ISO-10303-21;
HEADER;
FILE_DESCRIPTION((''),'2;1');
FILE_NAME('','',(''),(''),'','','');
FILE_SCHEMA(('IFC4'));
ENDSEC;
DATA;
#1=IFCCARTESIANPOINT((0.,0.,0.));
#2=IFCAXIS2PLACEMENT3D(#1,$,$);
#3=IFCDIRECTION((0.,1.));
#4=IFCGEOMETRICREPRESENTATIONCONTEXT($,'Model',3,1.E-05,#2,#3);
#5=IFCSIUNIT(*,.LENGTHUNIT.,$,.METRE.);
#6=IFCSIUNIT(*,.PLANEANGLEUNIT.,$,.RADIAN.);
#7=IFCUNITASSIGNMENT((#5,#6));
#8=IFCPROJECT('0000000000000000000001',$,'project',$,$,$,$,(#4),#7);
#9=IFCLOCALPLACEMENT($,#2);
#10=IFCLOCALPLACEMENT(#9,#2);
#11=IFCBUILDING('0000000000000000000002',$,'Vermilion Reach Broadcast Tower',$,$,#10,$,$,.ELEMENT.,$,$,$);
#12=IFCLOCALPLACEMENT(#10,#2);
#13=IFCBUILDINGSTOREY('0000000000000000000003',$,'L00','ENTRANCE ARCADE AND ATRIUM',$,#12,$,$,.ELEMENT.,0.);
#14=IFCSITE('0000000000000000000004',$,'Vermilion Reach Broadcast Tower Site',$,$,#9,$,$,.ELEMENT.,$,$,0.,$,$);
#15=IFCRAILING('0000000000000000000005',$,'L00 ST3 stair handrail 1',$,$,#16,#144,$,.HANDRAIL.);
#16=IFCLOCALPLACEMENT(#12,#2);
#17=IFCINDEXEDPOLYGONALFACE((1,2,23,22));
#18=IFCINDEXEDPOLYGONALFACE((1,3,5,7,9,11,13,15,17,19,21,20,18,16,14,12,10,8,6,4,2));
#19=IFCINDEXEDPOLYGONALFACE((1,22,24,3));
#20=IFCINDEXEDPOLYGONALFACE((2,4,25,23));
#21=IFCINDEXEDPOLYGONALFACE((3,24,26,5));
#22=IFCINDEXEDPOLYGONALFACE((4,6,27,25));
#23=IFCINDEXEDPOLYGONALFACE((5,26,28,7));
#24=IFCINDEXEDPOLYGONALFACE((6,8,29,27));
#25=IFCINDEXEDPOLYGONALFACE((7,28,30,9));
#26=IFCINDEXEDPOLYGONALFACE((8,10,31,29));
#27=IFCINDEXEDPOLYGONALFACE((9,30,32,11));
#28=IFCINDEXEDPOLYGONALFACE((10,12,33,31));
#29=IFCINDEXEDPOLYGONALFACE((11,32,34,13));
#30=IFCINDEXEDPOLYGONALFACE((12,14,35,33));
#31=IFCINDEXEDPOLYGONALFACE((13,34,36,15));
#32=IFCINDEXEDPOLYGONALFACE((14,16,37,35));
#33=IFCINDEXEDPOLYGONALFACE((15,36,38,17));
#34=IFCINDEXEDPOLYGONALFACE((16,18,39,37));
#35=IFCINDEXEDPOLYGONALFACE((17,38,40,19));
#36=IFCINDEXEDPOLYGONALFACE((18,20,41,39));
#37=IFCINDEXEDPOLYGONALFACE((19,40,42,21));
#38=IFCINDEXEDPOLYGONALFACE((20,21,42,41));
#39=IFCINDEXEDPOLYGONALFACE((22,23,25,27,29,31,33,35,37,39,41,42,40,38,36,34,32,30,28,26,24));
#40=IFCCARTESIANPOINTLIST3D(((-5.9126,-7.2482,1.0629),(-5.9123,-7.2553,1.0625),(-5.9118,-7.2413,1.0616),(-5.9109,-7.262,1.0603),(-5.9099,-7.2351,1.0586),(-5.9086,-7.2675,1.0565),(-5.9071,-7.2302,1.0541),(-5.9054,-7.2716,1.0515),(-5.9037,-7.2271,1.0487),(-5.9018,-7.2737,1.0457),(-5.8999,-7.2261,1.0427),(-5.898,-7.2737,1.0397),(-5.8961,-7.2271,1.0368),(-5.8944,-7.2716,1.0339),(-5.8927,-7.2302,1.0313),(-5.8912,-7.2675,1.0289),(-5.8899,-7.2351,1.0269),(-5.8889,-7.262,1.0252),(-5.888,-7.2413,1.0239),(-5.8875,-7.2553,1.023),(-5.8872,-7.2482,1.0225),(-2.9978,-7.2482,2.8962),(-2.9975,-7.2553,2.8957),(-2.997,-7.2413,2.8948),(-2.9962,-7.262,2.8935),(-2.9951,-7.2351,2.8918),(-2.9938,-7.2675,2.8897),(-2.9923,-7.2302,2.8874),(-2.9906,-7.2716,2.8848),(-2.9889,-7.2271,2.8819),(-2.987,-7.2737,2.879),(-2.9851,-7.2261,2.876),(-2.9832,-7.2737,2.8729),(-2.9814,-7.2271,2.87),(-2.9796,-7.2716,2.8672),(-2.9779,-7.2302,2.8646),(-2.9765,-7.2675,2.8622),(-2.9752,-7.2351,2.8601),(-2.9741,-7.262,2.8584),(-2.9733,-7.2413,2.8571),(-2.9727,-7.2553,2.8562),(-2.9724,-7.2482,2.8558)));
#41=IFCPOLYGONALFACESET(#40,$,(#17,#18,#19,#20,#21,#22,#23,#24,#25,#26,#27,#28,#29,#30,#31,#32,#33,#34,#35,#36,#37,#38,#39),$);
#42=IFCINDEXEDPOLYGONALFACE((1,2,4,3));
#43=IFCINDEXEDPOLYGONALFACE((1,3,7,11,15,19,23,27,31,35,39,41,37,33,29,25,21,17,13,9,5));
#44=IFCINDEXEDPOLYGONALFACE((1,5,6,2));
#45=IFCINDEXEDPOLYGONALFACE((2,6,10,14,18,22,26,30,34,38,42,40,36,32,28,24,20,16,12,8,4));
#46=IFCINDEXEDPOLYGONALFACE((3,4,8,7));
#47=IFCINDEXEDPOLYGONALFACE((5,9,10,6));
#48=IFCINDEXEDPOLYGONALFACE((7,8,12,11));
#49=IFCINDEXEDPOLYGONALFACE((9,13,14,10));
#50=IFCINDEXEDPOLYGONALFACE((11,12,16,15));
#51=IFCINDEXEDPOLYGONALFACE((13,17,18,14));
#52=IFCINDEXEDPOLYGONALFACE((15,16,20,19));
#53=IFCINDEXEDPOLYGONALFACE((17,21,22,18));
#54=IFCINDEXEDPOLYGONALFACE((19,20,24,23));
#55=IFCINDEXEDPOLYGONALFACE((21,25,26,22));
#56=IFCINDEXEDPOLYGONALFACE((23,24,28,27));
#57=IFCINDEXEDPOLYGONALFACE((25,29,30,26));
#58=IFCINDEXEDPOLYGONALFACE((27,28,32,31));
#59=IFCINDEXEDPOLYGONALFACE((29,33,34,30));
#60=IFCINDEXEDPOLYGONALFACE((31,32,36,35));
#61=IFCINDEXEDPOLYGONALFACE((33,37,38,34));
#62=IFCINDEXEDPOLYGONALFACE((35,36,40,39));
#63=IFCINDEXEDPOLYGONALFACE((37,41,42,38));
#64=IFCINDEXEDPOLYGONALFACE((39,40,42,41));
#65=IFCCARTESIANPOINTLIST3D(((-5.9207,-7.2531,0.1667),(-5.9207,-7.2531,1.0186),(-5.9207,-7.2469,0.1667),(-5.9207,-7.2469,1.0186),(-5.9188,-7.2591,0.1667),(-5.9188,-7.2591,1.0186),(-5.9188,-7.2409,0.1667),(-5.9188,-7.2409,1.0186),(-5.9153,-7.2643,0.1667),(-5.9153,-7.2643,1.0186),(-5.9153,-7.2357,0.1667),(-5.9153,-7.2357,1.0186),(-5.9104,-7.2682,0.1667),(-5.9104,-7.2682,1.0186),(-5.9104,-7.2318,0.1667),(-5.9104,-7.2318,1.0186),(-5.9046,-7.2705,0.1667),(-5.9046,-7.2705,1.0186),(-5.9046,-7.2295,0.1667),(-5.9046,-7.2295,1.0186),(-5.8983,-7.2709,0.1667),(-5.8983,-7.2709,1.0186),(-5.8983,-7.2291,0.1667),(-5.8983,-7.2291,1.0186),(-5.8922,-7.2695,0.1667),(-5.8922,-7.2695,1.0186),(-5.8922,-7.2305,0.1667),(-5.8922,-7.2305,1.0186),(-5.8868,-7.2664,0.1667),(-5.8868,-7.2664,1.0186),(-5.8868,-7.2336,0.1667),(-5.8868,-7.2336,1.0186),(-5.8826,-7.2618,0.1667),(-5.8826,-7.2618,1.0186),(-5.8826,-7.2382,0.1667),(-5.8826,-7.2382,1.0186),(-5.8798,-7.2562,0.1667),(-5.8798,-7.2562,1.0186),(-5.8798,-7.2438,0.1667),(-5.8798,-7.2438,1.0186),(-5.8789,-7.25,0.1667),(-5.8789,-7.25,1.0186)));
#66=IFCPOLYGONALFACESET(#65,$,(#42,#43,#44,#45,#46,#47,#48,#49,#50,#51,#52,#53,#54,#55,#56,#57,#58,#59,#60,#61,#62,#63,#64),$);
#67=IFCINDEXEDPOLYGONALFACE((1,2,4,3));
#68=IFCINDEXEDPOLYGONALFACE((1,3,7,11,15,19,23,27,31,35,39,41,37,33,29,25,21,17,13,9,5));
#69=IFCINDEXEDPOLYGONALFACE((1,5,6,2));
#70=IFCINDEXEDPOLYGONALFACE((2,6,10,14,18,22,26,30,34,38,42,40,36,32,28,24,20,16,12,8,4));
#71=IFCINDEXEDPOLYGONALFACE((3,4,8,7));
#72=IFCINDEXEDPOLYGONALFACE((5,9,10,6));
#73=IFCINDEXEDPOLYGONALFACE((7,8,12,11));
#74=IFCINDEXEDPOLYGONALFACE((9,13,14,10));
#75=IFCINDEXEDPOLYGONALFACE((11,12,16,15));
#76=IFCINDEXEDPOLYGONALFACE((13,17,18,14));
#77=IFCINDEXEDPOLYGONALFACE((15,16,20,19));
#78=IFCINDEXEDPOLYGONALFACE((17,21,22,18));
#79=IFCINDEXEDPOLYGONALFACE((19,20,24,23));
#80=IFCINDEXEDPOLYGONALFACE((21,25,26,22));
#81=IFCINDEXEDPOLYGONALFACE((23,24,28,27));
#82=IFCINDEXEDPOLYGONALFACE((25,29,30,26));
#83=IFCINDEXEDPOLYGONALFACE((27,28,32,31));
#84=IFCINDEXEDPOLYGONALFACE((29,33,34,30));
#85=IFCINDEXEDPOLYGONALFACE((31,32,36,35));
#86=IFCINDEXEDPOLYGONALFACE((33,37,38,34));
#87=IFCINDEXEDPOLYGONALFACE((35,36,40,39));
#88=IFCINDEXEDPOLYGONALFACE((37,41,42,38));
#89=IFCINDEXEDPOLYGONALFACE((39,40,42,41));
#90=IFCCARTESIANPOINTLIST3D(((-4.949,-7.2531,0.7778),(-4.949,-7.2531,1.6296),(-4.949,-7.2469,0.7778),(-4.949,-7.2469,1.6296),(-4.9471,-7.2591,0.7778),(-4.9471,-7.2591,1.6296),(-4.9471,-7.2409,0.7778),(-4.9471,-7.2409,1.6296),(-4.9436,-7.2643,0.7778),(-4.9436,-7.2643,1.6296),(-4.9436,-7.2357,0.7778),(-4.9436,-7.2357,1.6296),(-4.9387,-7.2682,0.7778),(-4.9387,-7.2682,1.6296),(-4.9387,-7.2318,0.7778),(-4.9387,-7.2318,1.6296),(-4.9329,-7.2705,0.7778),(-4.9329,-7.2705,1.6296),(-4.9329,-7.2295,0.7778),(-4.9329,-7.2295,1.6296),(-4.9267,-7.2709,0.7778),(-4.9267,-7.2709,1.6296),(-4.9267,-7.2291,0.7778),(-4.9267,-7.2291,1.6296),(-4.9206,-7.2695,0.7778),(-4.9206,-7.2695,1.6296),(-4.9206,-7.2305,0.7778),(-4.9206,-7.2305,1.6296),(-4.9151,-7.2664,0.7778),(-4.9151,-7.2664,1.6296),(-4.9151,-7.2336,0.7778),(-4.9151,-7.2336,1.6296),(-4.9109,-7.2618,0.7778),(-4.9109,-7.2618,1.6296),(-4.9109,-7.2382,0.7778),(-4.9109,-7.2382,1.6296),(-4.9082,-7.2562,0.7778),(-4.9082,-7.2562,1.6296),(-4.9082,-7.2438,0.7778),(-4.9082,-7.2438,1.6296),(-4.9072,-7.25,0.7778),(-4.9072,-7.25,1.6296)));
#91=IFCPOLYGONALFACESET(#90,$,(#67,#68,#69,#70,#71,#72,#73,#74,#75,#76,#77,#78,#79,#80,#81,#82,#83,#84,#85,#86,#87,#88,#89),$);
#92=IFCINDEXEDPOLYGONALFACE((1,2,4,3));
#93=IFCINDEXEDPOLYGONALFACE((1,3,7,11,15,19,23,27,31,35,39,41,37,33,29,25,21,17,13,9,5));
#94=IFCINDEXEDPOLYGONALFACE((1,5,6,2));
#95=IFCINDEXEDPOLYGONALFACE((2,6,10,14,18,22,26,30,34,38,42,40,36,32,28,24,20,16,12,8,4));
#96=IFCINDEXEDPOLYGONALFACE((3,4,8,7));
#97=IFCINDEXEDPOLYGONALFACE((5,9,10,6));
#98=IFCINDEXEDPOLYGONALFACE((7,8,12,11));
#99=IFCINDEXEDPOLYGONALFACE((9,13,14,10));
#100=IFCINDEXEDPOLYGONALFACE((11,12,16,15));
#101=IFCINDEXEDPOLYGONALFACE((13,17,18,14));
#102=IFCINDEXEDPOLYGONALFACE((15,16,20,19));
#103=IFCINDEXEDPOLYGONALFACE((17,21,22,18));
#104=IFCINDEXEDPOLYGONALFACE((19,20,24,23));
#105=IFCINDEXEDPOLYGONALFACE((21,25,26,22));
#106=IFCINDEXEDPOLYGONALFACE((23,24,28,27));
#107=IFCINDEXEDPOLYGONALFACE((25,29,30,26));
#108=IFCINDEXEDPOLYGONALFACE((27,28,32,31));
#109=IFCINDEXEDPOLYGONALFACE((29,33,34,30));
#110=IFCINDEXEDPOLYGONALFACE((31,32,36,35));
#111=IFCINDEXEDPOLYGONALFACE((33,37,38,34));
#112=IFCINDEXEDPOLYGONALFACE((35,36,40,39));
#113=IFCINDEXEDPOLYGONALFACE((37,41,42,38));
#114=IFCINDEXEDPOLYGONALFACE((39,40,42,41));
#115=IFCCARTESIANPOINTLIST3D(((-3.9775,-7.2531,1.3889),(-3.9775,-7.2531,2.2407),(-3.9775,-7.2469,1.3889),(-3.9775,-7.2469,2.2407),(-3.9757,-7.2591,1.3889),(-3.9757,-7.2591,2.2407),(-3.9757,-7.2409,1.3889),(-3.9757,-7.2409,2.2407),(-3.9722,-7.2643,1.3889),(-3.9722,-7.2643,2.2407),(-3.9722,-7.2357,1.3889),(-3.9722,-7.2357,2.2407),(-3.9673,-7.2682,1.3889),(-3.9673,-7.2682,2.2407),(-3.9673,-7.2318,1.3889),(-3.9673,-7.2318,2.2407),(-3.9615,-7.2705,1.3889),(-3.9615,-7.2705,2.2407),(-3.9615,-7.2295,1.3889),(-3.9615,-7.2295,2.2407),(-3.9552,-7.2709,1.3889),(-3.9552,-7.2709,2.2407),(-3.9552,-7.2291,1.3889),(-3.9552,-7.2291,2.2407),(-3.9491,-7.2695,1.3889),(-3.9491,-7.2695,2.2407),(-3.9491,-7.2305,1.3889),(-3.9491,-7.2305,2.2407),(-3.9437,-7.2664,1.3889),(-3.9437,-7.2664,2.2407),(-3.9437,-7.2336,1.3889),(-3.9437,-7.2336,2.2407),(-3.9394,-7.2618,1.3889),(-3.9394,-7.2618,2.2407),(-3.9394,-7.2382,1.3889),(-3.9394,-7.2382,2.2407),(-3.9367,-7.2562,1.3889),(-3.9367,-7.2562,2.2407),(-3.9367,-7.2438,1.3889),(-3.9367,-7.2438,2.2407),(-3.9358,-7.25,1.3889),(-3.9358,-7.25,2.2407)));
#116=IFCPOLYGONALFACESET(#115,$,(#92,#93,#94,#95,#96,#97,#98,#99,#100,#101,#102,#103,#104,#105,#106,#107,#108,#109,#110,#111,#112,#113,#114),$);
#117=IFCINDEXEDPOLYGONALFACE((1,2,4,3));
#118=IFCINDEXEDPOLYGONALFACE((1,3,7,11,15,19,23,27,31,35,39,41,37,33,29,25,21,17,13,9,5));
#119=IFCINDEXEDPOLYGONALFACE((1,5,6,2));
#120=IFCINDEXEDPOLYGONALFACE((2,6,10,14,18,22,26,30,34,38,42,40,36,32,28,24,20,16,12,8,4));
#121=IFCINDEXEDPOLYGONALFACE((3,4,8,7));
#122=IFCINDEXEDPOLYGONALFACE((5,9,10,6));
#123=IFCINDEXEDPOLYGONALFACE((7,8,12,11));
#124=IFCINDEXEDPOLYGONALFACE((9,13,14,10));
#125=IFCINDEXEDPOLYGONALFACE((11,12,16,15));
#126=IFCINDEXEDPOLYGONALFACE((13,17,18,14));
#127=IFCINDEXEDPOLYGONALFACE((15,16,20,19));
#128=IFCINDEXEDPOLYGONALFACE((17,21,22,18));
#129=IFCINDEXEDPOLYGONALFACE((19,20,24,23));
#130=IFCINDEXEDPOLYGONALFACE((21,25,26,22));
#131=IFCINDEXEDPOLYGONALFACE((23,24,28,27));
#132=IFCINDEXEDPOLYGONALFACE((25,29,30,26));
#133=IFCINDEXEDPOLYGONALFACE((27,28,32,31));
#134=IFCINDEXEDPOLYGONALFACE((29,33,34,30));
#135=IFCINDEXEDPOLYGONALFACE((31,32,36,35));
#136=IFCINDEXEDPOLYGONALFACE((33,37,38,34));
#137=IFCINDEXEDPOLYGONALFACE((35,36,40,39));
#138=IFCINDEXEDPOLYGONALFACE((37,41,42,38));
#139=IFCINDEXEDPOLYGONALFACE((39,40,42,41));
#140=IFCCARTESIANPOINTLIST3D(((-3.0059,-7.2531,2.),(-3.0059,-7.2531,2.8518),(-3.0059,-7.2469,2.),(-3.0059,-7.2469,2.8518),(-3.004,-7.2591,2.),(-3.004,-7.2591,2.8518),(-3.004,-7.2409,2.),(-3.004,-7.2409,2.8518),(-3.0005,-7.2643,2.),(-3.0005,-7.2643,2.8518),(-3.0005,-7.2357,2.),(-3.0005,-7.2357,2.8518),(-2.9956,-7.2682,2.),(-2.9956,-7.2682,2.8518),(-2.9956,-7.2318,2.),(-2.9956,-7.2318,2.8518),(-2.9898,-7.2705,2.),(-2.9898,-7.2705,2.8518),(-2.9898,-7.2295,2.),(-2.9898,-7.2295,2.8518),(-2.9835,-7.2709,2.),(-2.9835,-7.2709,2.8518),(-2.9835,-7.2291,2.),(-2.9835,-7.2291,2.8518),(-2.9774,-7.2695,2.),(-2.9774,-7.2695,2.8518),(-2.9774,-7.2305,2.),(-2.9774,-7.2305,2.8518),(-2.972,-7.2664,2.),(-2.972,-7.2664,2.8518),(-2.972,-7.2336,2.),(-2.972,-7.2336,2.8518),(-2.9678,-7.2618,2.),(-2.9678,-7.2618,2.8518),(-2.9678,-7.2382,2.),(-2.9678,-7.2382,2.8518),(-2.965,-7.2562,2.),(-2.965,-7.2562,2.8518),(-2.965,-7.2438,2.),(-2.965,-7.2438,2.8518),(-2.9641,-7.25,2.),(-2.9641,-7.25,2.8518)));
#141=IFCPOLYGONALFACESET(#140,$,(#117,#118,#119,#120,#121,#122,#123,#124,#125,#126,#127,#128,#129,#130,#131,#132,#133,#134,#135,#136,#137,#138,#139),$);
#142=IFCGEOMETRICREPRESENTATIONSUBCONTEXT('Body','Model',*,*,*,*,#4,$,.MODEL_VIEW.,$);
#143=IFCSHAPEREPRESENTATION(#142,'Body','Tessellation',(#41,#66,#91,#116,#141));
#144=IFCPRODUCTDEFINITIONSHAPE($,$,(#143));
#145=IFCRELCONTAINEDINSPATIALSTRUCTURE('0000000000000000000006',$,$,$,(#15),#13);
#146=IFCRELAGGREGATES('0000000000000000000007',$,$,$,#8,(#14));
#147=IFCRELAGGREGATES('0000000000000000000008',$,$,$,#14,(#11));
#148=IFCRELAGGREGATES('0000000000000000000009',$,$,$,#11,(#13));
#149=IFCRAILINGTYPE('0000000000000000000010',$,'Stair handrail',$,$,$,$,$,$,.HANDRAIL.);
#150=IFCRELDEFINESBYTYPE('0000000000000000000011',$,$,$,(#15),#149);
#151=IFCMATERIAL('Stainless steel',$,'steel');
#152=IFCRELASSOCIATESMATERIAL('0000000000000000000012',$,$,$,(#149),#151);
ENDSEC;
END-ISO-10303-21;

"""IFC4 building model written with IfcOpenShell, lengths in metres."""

from ifc_helpers import new_model, si_unit, direction, frame, origin, origin_2d, place, context, subcontext, project, spatial, circle, extrude, material, type_object, element, save


model = new_model("IFC4")

# Units and contexts
model_context = context("Model", 3, precision=1e-05, world=origin(), true_north=direction((0.0, 1.0)))
body_context = subcontext(model_context, "Body", "Model", "MODEL_VIEW")
ifc_project = project(units=[si_unit("LENGTHUNIT", "METRE"), si_unit("PLANEANGLEUNIT", "RADIAN")], contexts=[model_context])

# Site, building, storey
site_placement = place(None, origin())
site = spatial("IfcSite", under=ifc_project, at=site_placement, Name="Vermilion Reach Broadcast Tower Site", CompositionType="ELEMENT", RefElevation=0.0)
building_placement = place(site_placement, origin())
building = spatial("IfcBuilding", under=site, at=building_placement, Name="Vermilion Reach Broadcast Tower", CompositionType="ELEMENT")
storey_placement = place(building_placement, origin())
storey = spatial("IfcBuildingStorey", under=building, at=storey_placement, Name="L00", Description="ENTRANCE ARCADE AND ATRIUM", CompositionType="ELEMENT", Elevation=0.0)

# Railing
ifc_material_1 = material(Name="Stainless steel", Category="steel")
railing_type_1 = type_object("IfcRailingType", Name="Stair handrail", PredefinedType="HANDRAIL", material=ifc_material_1)
railing_1_placement = place(storey_placement, frame((-5.8999, -7.25, 0.1667)))
element("IfcRailing", 1, at=railing_1_placement, inside=storey, type_object=railing_type_1, Name="L00 ST3 stair handrail 1", PredefinedType="HANDRAIL", context=body_context, shape_type="SweptSolid", body=[
    extrude(circle(Radius=0.0239, at=origin_2d()), frame((0.0, 0.0, 0.876), z_axis=(0.846493, 0.0, 0.532399), x_axis=(0.0, 1.0, 0.0)), (0.0, 0.0, 1.0), 3.4434),
    extrude(circle(Radius=0.021, at=origin_2d()), origin(), (0.0, 0.0, 1.0), 0.8518),
    extrude(circle(Radius=0.021, at=origin_2d()), frame((0.9717, 0.0, 0.6111)), (0.0, 0.0, 1.0), 0.8518),
    extrude(circle(Radius=0.021, at=origin_2d()), frame((1.9431, 0.0, 1.2222)), (0.0, 0.0, 1.0), 0.8518),
    extrude(circle(Radius=0.021, at=origin_2d()), frame((2.9148, 0.0, 1.8333)), (0.0, 0.0, 1.0), 0.8518),
])

save(model, "model.ifc")
